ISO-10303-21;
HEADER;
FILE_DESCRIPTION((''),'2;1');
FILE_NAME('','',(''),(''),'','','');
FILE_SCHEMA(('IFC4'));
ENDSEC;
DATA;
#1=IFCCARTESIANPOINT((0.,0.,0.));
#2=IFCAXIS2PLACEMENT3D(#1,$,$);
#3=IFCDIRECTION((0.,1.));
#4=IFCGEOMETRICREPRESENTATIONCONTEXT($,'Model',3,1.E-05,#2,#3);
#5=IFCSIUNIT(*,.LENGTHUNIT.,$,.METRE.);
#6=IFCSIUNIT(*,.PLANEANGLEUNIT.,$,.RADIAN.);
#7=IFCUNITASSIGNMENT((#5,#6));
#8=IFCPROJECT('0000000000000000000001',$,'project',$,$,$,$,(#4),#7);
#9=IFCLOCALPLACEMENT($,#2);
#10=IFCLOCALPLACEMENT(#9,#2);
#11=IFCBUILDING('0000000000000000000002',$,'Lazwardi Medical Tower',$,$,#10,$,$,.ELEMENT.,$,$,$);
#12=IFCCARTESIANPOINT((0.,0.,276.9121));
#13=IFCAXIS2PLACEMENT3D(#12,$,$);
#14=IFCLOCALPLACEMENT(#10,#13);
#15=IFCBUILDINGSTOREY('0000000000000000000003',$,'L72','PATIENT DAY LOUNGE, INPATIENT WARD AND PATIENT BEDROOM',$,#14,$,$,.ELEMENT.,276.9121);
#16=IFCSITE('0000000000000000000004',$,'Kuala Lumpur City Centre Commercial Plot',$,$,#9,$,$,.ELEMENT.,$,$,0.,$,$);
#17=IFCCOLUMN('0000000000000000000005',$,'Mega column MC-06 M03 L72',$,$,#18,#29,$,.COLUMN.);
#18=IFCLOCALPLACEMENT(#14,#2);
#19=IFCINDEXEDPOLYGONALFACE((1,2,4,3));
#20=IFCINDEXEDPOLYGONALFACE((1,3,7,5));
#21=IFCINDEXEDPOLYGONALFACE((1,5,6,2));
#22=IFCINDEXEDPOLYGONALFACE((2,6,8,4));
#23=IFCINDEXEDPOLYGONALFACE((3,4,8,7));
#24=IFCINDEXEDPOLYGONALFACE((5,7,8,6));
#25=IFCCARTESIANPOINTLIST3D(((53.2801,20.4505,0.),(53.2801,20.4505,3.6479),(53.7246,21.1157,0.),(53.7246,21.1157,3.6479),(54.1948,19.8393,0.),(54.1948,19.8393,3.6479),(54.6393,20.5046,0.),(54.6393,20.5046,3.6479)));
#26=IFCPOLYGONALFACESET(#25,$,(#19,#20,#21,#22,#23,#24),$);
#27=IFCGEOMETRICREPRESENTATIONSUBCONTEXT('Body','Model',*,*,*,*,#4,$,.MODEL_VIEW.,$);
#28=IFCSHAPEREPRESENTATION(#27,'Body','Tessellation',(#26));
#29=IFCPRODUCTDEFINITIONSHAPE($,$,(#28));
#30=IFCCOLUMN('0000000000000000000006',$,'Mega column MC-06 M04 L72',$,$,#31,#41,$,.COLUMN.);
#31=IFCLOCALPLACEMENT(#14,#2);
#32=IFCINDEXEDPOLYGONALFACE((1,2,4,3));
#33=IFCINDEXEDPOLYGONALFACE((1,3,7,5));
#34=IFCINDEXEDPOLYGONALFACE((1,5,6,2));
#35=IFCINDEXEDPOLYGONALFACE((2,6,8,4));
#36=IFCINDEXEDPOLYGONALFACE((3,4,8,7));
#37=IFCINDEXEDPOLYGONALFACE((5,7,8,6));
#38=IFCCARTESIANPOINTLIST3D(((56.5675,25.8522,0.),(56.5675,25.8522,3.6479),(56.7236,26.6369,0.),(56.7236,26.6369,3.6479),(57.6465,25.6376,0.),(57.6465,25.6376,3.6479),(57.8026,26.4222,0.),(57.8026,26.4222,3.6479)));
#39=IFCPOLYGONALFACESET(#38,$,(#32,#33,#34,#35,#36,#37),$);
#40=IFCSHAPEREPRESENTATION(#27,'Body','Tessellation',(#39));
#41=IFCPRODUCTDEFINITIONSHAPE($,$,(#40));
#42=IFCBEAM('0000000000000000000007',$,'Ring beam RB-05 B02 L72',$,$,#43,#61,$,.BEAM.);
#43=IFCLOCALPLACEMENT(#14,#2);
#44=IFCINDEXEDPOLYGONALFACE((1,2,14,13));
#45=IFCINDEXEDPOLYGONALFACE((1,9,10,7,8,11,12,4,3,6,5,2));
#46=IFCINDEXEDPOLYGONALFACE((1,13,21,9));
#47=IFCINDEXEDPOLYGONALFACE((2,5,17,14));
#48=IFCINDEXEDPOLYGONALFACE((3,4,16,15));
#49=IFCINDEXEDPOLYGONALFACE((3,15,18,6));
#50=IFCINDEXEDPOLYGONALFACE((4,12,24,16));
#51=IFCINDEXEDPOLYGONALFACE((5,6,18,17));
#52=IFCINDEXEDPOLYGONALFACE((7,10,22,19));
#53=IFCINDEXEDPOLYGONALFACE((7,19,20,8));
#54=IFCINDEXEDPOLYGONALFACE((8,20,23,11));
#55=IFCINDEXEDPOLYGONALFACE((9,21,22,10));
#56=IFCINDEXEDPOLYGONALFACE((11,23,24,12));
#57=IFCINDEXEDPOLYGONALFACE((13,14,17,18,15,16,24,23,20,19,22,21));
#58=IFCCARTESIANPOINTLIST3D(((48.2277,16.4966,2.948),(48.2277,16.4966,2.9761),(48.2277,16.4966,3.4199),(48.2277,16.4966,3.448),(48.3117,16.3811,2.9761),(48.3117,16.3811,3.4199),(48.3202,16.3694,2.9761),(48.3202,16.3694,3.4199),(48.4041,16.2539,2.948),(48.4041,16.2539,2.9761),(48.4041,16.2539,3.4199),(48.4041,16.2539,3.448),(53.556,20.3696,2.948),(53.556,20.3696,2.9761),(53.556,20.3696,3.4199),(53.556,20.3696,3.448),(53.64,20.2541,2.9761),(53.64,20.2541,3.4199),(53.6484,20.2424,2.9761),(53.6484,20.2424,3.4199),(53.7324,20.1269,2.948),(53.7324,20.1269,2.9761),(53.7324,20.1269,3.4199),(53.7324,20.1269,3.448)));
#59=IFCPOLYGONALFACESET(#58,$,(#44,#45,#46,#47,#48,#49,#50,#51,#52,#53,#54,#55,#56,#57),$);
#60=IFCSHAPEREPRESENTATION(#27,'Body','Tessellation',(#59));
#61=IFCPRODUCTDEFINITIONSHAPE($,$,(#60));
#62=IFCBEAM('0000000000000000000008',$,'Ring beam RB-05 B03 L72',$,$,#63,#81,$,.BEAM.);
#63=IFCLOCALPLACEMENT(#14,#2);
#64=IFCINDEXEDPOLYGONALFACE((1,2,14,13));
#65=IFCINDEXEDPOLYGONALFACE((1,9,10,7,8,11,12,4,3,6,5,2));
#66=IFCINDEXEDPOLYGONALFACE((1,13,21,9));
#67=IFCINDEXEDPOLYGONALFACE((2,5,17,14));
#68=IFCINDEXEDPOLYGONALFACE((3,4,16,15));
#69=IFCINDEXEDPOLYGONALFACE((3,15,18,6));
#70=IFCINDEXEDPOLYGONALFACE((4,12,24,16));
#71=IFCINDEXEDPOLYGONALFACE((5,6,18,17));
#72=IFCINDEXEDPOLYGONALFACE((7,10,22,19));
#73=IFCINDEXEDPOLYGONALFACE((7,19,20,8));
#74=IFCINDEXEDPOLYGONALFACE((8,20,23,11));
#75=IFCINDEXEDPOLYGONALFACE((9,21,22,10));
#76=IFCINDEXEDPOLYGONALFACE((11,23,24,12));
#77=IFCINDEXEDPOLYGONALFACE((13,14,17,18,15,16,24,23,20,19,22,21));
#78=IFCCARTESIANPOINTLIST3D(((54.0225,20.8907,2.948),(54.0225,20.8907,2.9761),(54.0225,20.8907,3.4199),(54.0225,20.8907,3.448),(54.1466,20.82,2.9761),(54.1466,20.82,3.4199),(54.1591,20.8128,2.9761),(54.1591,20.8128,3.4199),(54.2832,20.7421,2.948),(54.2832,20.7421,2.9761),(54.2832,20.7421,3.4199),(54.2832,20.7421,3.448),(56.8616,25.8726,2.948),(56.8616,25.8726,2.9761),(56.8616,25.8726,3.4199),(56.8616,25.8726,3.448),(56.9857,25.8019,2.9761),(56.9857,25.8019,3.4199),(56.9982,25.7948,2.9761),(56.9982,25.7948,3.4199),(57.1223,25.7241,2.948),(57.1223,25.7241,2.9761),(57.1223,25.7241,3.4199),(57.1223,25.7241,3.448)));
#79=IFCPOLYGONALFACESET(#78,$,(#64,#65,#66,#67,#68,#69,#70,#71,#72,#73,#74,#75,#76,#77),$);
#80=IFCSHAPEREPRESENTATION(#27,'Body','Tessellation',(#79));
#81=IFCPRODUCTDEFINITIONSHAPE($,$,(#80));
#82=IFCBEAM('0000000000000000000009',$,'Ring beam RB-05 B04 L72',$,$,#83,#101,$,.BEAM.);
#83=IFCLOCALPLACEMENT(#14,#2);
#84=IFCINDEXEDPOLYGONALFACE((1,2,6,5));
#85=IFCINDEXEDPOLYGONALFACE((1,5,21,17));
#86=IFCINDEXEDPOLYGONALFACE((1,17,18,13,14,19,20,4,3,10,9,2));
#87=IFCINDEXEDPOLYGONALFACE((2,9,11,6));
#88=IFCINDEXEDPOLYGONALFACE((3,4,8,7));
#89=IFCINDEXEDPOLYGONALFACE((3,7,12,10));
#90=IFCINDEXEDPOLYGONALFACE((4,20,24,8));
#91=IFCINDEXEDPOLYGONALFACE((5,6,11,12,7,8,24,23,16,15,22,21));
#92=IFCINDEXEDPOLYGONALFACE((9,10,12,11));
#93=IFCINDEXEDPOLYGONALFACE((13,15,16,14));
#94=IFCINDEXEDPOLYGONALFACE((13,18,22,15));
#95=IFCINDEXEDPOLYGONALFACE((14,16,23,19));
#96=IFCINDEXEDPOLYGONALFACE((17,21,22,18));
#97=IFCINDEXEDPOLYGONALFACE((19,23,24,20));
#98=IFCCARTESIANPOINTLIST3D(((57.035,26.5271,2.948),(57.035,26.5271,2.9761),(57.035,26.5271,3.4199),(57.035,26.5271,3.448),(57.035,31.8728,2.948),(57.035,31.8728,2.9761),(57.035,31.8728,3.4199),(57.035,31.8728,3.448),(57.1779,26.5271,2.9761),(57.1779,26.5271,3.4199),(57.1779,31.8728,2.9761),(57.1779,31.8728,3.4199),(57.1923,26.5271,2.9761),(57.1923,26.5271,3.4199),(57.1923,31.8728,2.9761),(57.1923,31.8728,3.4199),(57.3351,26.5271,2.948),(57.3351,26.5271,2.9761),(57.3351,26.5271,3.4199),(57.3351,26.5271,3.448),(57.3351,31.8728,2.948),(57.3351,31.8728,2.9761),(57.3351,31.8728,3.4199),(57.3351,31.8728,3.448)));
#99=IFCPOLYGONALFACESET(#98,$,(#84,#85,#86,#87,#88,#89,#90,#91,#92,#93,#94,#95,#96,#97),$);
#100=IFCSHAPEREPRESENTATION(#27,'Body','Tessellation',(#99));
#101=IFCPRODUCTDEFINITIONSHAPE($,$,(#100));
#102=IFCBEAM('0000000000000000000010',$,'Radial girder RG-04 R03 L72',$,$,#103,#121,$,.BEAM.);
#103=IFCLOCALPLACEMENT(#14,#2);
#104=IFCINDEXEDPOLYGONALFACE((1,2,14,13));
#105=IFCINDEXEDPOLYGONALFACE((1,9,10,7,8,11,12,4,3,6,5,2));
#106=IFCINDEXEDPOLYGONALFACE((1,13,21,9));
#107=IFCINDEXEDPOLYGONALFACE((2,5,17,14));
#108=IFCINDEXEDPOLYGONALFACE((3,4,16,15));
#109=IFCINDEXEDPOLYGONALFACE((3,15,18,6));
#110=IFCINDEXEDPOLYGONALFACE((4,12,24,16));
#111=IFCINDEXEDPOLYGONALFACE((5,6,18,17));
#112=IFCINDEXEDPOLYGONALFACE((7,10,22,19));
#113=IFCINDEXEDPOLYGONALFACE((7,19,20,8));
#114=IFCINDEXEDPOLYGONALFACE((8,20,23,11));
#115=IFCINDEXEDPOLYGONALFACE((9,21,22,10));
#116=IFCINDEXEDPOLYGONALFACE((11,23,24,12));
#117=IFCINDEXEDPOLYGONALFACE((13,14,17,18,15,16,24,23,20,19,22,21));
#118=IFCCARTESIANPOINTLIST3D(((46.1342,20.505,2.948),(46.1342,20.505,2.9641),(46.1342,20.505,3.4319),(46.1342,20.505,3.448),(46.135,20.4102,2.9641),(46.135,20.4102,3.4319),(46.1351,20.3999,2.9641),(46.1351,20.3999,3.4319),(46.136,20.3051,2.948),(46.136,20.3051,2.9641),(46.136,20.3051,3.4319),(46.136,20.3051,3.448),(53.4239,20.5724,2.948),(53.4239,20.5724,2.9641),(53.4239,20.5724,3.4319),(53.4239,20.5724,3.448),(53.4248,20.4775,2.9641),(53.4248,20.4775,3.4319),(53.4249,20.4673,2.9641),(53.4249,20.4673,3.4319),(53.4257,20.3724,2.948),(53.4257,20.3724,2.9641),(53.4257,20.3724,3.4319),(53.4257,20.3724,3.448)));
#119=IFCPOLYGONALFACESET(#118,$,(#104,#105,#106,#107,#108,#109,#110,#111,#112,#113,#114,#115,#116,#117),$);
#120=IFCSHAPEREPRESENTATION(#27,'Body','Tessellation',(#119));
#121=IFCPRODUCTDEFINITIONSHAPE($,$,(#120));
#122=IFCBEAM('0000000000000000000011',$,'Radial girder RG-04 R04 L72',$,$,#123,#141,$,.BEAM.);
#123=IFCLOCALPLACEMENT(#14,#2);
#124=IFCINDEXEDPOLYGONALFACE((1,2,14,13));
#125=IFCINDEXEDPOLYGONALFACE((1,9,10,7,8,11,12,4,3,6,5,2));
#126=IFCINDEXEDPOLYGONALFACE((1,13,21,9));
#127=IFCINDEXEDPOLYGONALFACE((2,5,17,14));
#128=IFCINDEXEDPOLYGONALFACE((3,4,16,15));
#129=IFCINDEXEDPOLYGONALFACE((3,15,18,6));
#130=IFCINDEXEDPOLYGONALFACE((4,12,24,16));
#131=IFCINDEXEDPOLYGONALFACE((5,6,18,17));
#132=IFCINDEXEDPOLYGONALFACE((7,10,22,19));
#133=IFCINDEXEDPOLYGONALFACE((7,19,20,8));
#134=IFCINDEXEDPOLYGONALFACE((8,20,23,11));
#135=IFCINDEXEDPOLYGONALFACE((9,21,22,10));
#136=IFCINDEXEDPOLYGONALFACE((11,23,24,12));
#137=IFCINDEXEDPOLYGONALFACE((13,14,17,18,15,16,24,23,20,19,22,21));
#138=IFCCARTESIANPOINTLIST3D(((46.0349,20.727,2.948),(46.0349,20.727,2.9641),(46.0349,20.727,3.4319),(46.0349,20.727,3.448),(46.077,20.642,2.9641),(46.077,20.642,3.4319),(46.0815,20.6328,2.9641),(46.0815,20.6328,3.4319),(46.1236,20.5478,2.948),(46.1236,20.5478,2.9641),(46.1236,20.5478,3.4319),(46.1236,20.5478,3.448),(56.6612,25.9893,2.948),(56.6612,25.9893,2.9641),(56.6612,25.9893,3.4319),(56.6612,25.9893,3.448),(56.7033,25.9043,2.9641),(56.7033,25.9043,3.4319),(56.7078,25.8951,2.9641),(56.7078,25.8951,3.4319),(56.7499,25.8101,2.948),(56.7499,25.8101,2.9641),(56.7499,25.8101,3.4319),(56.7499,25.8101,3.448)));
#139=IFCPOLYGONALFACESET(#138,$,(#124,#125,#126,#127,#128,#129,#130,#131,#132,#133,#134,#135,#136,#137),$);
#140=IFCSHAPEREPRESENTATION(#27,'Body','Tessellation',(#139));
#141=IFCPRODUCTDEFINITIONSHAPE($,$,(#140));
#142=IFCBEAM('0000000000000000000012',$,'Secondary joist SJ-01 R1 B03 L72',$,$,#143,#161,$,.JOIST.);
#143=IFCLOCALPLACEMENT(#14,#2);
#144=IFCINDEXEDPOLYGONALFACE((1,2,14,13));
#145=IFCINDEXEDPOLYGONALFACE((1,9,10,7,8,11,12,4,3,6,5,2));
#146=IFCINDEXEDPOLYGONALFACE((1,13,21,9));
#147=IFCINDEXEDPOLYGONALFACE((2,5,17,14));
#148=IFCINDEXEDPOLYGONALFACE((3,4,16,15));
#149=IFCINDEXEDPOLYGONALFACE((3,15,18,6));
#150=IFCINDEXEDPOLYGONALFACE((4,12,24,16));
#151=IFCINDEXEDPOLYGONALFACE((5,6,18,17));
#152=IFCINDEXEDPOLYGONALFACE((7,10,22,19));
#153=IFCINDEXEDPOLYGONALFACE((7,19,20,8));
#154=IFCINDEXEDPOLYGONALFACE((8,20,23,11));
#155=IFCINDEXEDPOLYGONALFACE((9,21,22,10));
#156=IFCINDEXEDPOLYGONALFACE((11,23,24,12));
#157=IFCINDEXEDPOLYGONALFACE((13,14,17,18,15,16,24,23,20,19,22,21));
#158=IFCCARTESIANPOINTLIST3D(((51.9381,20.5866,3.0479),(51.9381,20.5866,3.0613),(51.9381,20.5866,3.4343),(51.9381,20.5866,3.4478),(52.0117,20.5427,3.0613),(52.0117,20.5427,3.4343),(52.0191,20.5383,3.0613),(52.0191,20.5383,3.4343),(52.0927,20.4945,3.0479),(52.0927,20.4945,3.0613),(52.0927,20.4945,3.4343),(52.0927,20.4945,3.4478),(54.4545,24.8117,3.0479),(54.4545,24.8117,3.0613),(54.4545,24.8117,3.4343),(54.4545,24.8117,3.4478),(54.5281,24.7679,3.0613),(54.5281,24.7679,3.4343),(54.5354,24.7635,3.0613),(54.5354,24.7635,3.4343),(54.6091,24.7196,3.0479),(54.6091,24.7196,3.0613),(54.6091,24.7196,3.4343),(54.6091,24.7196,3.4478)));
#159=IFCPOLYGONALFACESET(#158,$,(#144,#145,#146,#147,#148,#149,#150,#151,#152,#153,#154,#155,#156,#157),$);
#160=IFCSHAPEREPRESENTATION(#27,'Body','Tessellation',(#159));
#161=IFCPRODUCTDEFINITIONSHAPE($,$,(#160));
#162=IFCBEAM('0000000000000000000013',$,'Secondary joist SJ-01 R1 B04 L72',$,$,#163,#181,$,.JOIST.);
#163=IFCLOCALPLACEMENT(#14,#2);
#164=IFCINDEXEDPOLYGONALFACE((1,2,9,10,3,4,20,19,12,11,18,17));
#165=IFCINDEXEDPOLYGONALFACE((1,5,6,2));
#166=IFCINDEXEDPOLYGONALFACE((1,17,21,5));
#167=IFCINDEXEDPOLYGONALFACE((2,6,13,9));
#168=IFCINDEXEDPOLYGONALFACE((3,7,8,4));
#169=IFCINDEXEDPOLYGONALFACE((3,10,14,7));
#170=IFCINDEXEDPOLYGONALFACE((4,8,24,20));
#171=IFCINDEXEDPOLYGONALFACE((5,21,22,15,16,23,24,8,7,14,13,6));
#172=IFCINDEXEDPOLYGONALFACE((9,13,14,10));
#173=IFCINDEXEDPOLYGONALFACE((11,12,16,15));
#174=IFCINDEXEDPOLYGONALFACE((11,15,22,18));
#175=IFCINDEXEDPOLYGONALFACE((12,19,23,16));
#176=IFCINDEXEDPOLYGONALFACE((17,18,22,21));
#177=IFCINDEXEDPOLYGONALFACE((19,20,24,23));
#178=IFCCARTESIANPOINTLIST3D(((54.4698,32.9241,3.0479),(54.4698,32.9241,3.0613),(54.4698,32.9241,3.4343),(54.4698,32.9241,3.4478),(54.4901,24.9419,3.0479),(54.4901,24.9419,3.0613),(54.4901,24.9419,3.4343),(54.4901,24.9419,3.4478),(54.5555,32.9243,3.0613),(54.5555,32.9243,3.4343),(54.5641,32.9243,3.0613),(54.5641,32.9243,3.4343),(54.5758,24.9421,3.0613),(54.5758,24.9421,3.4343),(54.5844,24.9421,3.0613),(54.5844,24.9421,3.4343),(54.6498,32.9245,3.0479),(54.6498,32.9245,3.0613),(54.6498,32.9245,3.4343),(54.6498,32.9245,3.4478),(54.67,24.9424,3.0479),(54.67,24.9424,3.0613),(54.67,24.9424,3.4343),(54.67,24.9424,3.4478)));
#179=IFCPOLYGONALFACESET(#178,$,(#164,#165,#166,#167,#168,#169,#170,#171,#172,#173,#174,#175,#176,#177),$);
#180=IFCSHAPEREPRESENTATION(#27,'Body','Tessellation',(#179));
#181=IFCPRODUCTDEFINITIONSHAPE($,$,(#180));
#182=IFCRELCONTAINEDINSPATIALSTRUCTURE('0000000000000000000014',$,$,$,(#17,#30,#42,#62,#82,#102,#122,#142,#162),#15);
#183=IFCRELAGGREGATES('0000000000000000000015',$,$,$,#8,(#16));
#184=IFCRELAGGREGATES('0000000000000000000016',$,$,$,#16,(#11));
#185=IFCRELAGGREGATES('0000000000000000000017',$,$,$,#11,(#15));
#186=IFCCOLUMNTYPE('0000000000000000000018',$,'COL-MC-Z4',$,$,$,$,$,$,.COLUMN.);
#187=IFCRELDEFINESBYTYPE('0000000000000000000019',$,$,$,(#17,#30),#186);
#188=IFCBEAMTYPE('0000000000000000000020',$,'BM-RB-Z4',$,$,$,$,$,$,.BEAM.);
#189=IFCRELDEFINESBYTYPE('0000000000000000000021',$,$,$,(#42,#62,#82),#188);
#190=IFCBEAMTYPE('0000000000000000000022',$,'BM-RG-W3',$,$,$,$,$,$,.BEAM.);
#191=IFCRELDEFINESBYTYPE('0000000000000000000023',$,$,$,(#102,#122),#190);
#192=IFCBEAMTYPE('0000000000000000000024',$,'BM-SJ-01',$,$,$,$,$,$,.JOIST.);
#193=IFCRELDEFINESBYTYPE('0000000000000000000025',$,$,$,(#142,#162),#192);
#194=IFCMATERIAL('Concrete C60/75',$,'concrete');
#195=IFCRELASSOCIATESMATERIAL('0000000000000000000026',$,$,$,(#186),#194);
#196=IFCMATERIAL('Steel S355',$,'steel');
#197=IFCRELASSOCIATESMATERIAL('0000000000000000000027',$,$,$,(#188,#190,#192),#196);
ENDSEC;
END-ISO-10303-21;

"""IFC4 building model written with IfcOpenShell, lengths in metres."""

from ifc_helpers import new_model, si_unit, direction, frame, origin, origin_2d, place, context, subcontext, project, spatial, rectangle, i_section, extrude, material, material_profile, profile_set, type_object, element, save


model = new_model("IFC4")

# Units and contexts
model_context = context("Model", 3, precision=1e-05, world=origin(), true_north=direction((0.0, 1.0)))
body_context = subcontext(model_context, "Body", "Model", "MODEL_VIEW")
ifc_project = project(units=[si_unit("LENGTHUNIT", "METRE"), si_unit("PLANEANGLEUNIT", "RADIAN")], contexts=[model_context])

# Site, building, storey
site_placement = place(None, origin())
site = spatial("IfcSite", under=ifc_project, at=site_placement, Name="Kuala Lumpur City Centre Commercial Plot", CompositionType="ELEMENT", RefElevation=0.0)
building_placement = place(site_placement, origin())
building = spatial("IfcBuilding", under=site, at=building_placement, Name="Lazwardi Medical Tower", CompositionType="ELEMENT")
storey_placement = place(building_placement, frame((0.0, 0.0, 276.9121)))
storey = spatial("IfcBuildingStorey", under=building, at=storey_placement, Name="L72", Description="PATIENT DAY LOUNGE, INPATIENT WARD AND PATIENT BEDROOM", CompositionType="ELEMENT", Elevation=276.9121)

# Columns
ifc_material_1 = material(Name="Concrete C60/75", Category="concrete")
ifc_material_profile_1 = material_profile(ifc_material_1, rectangle(XDim=1.1001, YDim=0.8, at=origin_2d()), Name="CFT-RECT 1100x800")
ifc_profile_set_1 = profile_set([ifc_material_profile_1], Name="Concrete C60/75")
column_type = type_object("IfcColumnType", Name="COL-MC-Z4", PredefinedType="COLUMN", material=ifc_profile_set_1)
for number, where, z_axis, x_axis, name in (
    (1, (53.9597, 20.4775, 0.0), (0.0, 0.0, 1.0), (0.83147, -0.55557, 0.0), "Mega column MC-06 M03 L72"),
    (2, (57.1851, 26.1372, 0.0), (0.0, 0.0, 1.0), (0.980785, -0.19509, 0.0), "Mega column MC-06 M04 L72"),
):
    element("IfcColumn", number, at=place(storey_placement, frame(where, z_axis=z_axis, x_axis=x_axis)), inside=storey, type_object=column_type, Name=name, PredefinedType="COLUMN", context=body_context, shape_type="SweptSolid", body=[
        extrude(rectangle(XDim=1.1001, YDim=0.8, at=origin_2d()), origin(), (0.0, 0.0, 1.0), 3.6479),
    ])

# Beams
ifc_material_2 = material(Name="Steel S355", Category="steel")
ifc_material_profile_2 = material_profile(ifc_material_2, i_section(OverallWidth=0.3, OverallDepth=0.5, WebThickness=0.0144, FlangeThickness=0.0281, at=origin_2d()), Name="HEB 500")
ifc_profile_set_2 = profile_set([ifc_material_profile_2], Name="Steel S355")
beam_type_1 = type_object("IfcBeamType", Name="BM-RB-Z4", PredefinedType="BEAM", material=ifc_profile_set_2)
beam_1_placement = place(storey_placement, frame((48.3159, 16.3752, 3.198), z_axis=(0.80889, 0.58796, 0.0), x_axis=(-0.58796, 0.80889, 0.0)))
element("IfcBeam", 3, at=beam_1_placement, inside=storey, type_object=beam_type_1, Name="Ring beam RB-05 B02 L72", PredefinedType="BEAM", context=body_context, shape_type="SweptSolid", body=[
    extrude(i_section(OverallWidth=0.3, OverallDepth=0.5, WebThickness=0.0144, FlangeThickness=0.0281, at=origin_2d()), origin(), (0.0, 0.0, 1.0), 6.5872),
])
beam_2_placement = place(storey_placement, frame((54.1528, 20.8164, 3.198), z_axis=(0.495125, 0.868822, 0.0), x_axis=(-0.868822, 0.495125, 0.0)))
element("IfcBeam", 4, at=beam_2_placement, inside=storey, type_object=beam_type_1, Name="Ring beam RB-05 B03 L72", PredefinedType="BEAM", context=body_context, shape_type="SweptSolid", body=[
    extrude(i_section(OverallWidth=0.3, OverallDepth=0.5, WebThickness=0.0144, FlangeThickness=0.0281, at=origin_2d()), origin(), (0.0, 0.0, 1.0), 5.7341),
])
beam_3_placement = place(storey_placement, frame((57.1851, 26.5271, 3.198), z_axis=(0.0, 1.0, 0.0), x_axis=(-1.0, 0.0, 0.0)))
element("IfcBeam", 5, at=beam_3_placement, inside=storey, type_object=beam_type_1, Name="Ring beam RB-05 B04 L72", PredefinedType="BEAM", context=body_context, shape_type="SweptSolid", body=[
    extrude(i_section(OverallWidth=0.3, OverallDepth=0.5, WebThickness=0.0144, FlangeThickness=0.0281, at=origin_2d()), origin(), (0.0, 0.0, 1.0), 5.3457),
])
ifc_material_profile_3 = material_profile(ifc_material_2, i_section(OverallWidth=0.2, OverallDepth=0.5, WebThickness=0.0103, FlangeThickness=0.0161, at=origin_2d()), Name="IPE 500")
ifc_profile_set_3 = profile_set([ifc_material_profile_3], Name="Steel S355")
beam_type_2 = type_object("IfcBeamType", Name="BM-RG-W3", PredefinedType="BEAM", material=ifc_profile_set_3)
beam_4_placement = place(storey_placement, frame((53.4248, 20.4724, 3.198), z_axis=(-0.999957, -0.009243, 0.0), x_axis=(0.009243, -0.999957, 0.0)))
element("IfcBeam", 6, at=beam_4_placement, inside=storey, type_object=beam_type_2, Name="Radial girder RG-04 R03 L72", PredefinedType="BEAM", context=body_context, shape_type="SweptSolid", body=[
    extrude(i_section(OverallWidth=0.2, OverallDepth=0.5, WebThickness=0.0103, FlangeThickness=0.0161, at=origin_2d()), origin(), (0.0, 0.0, 1.0), 7.29),
])
beam_5_placement = place(storey_placement, frame((56.7056, 25.8997, 3.198), z_axis=(-0.896138, -0.443776, 0.0), x_axis=(0.443776, -0.896138, 0.0)))
element("IfcBeam", 7, at=beam_5_placement, inside=storey, type_object=beam_type_2, Name="Radial girder RG-04 R04 L72", PredefinedType="BEAM", context=body_context, shape_type="SweptSolid", body=[
    extrude(i_section(OverallWidth=0.2, OverallDepth=0.5, WebThickness=0.0103, FlangeThickness=0.0161, at=origin_2d()), origin(), (0.0, 0.0, 1.0), 11.8579),
])
ifc_material_profile_4 = material_profile(ifc_material_2, i_section(OverallWidth=0.1799, OverallDepth=0.3999, WebThickness=0.0085, FlangeThickness=0.0134, at=origin_2d()), Name="IPE 400")
ifc_profile_set_4 = profile_set([ifc_material_profile_4], Name="Steel S355")
beam_type_3 = type_object("IfcBeamType", Name="BM-SJ-01", PredefinedType="JOIST", material=ifc_profile_set_4)
beam_6_placement = place(storey_placement, frame((52.0154, 20.5405, 3.2478), z_axis=(0.511697, 0.859166, 0.0), x_axis=(-0.859166, 0.511697, 0.0)))
element("IfcBeam", 8, at=beam_6_placement, inside=storey, type_object=beam_type_3, Name="Secondary joist SJ-01 R1 B03 L72", PredefinedType="JOIST", context=body_context, shape_type="SweptSolid", body=[
    extrude(i_section(OverallWidth=0.1799, OverallDepth=0.3999, WebThickness=0.0085, FlangeThickness=0.0134, at=origin_2d()), origin(), (0.0, 0.0, 1.0), 4.9177),
])
beam_7_placement = place(storey_placement, frame((54.5801, 24.9421, 3.2478), z_axis=(-0.002539, 0.999997, 0.0), x_axis=(-0.999997, -0.002539, 0.0)))
element("IfcBeam", 9, at=beam_7_placement, inside=storey, type_object=beam_type_3, Name="Secondary joist SJ-01 R1 B04 L72", PredefinedType="JOIST", context=body_context, shape_type="SweptSolid", body=[
    extrude(i_section(OverallWidth=0.1799, OverallDepth=0.3999, WebThickness=0.0085, FlangeThickness=0.0134, at=origin_2d()), origin(), (0.0, 0.0, 1.0), 7.9822),
])

save(model, "model.ifc")
